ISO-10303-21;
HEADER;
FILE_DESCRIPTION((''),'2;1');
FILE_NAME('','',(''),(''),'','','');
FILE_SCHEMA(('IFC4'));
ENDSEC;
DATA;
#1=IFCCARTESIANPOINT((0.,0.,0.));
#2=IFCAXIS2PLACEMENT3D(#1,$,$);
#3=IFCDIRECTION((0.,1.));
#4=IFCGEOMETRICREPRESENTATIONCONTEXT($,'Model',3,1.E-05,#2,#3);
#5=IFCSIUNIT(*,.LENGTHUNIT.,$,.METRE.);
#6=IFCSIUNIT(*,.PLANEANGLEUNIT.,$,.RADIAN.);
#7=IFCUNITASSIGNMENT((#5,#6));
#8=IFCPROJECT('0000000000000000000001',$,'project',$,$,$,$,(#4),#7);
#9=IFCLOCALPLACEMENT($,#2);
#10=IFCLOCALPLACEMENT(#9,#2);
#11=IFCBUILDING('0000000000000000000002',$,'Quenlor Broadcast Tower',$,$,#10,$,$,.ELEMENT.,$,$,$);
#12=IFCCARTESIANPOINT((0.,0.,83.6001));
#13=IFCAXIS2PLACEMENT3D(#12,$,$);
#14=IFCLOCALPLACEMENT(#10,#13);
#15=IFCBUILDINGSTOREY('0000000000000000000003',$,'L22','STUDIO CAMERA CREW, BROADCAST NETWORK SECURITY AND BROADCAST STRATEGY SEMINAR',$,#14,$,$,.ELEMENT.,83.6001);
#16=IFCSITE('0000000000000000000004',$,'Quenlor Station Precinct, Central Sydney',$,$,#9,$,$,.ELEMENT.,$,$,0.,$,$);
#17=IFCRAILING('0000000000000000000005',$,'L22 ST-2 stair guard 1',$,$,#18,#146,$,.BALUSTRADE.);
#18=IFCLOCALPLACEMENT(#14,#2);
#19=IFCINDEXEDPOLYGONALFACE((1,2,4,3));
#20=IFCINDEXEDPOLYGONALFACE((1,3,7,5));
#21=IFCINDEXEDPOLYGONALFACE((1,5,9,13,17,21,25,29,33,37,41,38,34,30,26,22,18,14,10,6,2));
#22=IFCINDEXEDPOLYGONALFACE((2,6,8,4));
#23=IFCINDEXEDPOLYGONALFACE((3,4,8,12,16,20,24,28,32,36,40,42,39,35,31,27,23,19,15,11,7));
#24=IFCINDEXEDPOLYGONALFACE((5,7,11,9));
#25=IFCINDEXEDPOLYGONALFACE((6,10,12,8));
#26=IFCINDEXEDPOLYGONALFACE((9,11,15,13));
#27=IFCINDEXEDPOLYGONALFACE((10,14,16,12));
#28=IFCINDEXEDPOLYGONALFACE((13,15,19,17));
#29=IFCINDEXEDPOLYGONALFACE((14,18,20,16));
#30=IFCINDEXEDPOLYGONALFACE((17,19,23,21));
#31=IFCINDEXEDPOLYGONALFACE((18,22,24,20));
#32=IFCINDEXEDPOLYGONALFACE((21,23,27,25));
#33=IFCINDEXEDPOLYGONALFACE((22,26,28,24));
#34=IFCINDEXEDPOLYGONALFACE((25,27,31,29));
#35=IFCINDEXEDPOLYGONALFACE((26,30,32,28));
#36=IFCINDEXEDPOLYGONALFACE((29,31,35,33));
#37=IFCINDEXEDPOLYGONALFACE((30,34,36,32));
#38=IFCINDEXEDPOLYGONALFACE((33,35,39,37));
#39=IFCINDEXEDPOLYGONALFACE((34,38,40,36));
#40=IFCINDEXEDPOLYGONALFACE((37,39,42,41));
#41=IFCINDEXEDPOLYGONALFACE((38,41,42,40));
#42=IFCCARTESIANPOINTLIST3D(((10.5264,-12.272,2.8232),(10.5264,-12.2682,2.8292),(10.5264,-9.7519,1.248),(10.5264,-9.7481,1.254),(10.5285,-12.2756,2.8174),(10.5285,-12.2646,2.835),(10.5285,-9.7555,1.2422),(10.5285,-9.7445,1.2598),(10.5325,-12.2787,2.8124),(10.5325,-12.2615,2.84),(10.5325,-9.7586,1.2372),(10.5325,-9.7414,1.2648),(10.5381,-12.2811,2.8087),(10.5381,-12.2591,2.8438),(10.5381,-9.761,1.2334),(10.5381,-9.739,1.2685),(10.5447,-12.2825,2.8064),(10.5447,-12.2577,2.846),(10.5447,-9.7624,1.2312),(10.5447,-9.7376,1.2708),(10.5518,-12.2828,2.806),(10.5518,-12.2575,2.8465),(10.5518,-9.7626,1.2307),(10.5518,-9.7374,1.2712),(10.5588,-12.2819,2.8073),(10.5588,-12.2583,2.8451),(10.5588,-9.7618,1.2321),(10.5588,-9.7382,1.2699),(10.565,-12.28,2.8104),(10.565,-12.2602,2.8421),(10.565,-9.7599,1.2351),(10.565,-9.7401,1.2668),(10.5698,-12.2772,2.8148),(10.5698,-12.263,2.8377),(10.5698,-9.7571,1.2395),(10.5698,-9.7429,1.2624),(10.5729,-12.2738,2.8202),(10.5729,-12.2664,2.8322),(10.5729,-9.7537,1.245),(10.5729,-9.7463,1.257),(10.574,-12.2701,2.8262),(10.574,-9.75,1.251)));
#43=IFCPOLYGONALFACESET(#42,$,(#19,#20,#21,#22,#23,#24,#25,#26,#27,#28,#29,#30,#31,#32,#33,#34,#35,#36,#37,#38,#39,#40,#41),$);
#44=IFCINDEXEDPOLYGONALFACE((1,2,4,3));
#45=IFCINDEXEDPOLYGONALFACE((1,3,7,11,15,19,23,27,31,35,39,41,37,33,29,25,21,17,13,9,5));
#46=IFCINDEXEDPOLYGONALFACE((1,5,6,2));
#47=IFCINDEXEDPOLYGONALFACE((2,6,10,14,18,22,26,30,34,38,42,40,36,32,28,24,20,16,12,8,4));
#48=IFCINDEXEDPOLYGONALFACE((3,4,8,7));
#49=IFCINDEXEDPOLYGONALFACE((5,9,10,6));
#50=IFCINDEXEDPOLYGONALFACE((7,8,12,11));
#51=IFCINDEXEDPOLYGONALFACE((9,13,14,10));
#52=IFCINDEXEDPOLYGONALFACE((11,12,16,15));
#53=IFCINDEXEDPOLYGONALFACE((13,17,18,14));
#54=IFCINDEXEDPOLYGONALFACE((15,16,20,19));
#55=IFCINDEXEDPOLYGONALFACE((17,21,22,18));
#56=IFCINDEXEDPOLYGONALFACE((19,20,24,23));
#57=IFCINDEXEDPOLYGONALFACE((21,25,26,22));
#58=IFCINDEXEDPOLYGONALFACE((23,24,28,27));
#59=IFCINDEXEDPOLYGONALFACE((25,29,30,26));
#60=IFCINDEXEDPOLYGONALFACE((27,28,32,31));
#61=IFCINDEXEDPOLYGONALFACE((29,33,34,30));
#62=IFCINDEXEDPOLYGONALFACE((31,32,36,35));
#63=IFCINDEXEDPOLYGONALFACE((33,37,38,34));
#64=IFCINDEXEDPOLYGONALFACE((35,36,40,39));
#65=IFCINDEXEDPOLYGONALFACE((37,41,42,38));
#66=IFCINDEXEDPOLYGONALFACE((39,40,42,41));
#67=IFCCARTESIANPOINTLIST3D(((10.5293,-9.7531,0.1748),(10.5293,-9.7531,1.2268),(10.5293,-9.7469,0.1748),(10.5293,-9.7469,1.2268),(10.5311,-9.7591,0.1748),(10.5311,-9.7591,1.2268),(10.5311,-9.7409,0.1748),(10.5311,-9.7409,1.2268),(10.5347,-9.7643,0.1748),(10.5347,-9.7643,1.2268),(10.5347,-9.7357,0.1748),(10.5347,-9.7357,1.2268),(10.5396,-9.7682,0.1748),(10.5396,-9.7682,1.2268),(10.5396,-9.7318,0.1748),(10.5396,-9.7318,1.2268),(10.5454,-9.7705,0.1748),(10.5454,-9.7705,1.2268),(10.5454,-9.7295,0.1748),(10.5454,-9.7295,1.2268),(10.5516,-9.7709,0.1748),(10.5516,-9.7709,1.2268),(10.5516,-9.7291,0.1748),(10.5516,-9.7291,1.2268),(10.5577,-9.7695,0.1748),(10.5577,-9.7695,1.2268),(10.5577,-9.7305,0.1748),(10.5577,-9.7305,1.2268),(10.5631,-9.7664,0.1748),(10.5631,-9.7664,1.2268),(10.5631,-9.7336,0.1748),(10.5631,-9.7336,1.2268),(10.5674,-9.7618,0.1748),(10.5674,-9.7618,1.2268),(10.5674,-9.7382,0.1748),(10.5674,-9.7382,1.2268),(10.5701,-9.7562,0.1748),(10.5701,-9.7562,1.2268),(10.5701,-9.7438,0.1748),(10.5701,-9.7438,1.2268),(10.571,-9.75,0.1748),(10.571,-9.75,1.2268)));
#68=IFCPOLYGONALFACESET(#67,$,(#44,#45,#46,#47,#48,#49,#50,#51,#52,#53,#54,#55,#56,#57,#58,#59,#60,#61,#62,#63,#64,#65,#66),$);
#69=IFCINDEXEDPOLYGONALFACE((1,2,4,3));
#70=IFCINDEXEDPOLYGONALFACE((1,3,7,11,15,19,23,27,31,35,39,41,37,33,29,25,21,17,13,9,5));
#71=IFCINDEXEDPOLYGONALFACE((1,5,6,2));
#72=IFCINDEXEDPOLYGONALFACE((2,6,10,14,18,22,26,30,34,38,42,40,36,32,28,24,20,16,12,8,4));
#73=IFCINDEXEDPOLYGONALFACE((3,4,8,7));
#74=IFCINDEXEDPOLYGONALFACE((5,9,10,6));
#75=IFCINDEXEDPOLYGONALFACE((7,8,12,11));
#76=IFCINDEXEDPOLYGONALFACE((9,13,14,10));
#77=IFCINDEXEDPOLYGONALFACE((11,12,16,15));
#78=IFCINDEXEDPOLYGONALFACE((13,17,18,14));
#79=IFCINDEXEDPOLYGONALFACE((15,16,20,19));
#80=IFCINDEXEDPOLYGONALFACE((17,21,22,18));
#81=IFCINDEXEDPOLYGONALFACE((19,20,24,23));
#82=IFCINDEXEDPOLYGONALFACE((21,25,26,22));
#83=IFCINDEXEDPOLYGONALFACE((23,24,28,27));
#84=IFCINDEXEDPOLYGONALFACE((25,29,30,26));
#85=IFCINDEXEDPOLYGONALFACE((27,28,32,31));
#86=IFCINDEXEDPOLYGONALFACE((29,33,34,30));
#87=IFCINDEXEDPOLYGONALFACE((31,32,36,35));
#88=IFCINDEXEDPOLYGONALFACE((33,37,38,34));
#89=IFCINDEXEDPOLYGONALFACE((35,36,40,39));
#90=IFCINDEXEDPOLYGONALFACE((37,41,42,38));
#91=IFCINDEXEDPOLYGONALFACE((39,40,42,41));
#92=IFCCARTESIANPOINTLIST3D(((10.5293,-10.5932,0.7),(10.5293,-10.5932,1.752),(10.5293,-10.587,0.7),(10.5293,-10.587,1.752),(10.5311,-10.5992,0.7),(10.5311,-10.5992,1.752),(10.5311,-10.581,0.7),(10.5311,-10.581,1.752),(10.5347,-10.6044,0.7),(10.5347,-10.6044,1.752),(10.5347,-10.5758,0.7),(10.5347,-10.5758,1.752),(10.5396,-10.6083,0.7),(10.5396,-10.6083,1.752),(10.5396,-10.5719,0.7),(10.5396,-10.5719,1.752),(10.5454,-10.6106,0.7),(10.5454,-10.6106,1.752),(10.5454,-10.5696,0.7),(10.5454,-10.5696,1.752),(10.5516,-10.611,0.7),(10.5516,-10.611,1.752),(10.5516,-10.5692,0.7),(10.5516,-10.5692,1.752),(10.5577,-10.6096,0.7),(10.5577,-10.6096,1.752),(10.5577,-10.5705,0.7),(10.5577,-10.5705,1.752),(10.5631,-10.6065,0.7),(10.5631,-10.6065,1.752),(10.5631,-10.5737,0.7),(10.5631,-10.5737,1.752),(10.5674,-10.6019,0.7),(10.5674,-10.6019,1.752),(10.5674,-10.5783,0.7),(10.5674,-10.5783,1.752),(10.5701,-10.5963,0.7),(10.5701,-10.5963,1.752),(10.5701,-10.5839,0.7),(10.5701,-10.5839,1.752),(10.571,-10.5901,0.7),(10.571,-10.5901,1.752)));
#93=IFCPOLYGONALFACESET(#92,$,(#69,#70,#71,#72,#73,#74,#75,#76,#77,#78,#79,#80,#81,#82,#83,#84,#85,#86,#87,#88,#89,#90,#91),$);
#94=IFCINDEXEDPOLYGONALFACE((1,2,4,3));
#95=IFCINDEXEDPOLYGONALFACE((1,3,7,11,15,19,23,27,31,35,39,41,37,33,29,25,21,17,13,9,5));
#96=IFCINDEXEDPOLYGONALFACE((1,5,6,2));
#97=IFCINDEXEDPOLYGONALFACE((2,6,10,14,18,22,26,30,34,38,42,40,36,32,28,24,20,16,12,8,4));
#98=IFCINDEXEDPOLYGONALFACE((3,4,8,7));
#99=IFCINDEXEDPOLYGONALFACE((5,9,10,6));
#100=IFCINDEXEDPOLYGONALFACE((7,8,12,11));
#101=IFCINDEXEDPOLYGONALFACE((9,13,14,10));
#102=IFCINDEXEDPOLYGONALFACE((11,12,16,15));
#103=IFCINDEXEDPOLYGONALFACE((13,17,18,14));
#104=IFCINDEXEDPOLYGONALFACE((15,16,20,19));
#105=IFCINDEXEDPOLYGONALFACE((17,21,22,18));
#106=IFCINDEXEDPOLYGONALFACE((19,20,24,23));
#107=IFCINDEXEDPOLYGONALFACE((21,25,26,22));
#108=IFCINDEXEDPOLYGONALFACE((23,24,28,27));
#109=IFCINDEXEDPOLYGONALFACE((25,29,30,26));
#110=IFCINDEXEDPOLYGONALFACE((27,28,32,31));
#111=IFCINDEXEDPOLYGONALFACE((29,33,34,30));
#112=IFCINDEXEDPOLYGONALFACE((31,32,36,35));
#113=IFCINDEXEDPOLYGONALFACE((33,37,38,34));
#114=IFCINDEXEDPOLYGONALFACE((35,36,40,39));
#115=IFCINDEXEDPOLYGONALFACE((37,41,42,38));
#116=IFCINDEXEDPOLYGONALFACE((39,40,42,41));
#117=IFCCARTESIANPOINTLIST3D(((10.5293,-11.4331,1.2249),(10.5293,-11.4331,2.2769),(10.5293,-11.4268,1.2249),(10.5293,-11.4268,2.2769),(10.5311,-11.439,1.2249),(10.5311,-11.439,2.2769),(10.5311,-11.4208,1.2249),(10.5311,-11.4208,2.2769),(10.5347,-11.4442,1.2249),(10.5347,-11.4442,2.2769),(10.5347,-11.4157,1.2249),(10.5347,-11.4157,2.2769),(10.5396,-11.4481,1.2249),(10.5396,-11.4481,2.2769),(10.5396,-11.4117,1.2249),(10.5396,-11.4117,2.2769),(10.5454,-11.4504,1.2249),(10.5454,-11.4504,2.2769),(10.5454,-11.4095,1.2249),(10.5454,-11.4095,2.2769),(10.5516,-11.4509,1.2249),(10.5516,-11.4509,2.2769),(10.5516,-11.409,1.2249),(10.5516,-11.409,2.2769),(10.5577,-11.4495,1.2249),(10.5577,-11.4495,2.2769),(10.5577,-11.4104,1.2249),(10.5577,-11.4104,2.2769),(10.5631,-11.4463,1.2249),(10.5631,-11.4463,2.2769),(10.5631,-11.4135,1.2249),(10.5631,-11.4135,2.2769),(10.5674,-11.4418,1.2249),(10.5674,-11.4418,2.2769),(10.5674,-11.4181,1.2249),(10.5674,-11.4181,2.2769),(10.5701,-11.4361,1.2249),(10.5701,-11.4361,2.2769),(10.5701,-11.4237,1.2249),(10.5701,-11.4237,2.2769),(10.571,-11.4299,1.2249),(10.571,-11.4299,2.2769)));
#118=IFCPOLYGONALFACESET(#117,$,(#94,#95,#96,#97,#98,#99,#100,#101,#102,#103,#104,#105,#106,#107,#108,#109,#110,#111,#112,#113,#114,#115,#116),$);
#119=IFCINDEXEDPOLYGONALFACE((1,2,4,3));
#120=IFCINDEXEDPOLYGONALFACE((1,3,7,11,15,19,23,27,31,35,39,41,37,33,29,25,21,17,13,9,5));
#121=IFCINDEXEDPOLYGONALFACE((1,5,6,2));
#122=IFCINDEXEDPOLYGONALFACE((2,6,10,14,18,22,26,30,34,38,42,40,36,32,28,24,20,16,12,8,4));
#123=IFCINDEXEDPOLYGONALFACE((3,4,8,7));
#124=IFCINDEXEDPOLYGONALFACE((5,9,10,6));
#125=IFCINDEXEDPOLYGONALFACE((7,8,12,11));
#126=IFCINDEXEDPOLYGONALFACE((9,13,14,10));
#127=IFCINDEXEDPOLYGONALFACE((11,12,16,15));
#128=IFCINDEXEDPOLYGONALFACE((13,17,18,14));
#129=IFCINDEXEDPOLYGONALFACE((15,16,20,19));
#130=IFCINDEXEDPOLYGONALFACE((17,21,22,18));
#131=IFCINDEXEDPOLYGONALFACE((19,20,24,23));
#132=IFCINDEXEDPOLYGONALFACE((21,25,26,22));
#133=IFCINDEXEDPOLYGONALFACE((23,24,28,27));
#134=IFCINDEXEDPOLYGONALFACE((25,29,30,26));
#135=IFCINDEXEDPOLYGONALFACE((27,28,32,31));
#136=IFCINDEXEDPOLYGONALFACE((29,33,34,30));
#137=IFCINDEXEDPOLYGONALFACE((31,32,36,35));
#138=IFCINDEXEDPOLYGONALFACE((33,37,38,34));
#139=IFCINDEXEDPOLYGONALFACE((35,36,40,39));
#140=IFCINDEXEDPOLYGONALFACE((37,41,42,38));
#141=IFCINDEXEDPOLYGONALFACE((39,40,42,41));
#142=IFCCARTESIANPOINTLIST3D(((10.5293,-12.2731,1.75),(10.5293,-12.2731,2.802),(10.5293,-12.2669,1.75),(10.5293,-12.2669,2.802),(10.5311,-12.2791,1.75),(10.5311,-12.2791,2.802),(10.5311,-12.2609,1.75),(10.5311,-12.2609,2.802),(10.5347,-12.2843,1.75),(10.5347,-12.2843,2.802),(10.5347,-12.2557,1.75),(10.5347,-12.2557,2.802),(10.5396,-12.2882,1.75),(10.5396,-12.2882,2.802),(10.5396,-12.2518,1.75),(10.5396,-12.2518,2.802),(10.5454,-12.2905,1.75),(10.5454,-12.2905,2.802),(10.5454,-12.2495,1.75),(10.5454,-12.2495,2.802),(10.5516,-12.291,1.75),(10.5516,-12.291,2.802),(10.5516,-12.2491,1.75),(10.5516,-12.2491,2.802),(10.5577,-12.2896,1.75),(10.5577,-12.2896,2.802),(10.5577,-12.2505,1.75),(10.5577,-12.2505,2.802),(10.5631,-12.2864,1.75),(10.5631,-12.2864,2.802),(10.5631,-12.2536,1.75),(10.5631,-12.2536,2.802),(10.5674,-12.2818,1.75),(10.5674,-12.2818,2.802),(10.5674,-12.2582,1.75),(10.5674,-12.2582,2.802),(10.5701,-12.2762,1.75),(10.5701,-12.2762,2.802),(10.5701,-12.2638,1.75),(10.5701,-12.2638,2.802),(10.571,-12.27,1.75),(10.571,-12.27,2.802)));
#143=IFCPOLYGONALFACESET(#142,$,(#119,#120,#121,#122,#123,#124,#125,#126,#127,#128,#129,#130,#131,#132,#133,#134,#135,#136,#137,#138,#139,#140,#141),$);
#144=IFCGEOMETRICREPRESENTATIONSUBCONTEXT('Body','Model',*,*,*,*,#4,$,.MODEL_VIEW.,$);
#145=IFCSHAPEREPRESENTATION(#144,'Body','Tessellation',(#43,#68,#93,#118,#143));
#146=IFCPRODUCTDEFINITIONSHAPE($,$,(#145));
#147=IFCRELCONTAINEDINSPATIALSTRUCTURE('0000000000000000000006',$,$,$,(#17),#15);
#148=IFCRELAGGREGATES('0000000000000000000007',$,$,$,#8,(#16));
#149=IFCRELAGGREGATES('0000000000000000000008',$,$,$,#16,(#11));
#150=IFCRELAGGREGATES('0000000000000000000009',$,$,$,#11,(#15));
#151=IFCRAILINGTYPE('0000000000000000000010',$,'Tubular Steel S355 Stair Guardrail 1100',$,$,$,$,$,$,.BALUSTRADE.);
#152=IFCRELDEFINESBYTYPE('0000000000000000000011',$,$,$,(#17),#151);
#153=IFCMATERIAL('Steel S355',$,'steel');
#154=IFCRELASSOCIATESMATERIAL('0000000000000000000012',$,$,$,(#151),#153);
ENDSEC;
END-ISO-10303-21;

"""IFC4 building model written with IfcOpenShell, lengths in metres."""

from ifc_helpers import new_model, si_unit, direction, frame, origin, origin_2d, place, context, subcontext, project, spatial, circle, extrude, material, type_object, element, save


model = new_model("IFC4")

# Units and contexts
model_context = context("Model", 3, precision=1e-05, world=origin(), true_north=direction((0.0, 1.0)))
body_context = subcontext(model_context, "Body", "Model", "MODEL_VIEW")
ifc_project = project(units=[si_unit("LENGTHUNIT", "METRE"), si_unit("PLANEANGLEUNIT", "RADIAN")], contexts=[model_context])

# Site, building, storey
site_placement = place(None, origin())
site = spatial("IfcSite", under=ifc_project, at=site_placement, Name="Quenlor Station Precinct, Central Sydney", CompositionType="ELEMENT", RefElevation=0.0)
building_placement = place(site_placement, origin())
building = spatial("IfcBuilding", under=site, at=building_placement, Name="Quenlor Broadcast Tower", CompositionType="ELEMENT")
storey_placement = place(building_placement, frame((0.0, 0.0, 83.6001)))
storey = spatial("IfcBuildingStorey", under=building, at=storey_placement, Name="L22", Description="STUDIO CAMERA CREW, BROADCAST NETWORK SECURITY AND BROADCAST STRATEGY SEMINAR", CompositionType="ELEMENT", Elevation=83.6001)

# Railing
ifc_material_1 = material(Name="Steel S355", Category="steel")
railing_type_1 = type_object("IfcRailingType", Name="Tubular Steel S355 Stair Guardrail 1100", PredefinedType="BALUSTRADE", material=ifc_material_1)
railing_1_placement = place(storey_placement, frame((10.55, -9.75, 0.1748)))
element("IfcRailing", 1, at=railing_1_placement, inside=storey, type_object=railing_type_1, Name="L22 ST-2 stair guard 1", PredefinedType="BALUSTRADE", context=body_context, shape_type="SweptSolid", body=[
    extrude(circle(Radius=0.0239, at=origin_2d()), frame((0.0, 0.0, 1.0762), z_axis=(0.0, -0.847971, 0.530043), x_axis=(1.0, 0.0, 0.0)), (0.0, 0.0, 1.0), 2.9719),
    extrude(circle(Radius=0.021, at=origin_2d()), origin(), (0.0, 0.0, 1.0), 1.052),
    extrude(circle(Radius=0.021, at=origin_2d()), frame((0.0, -0.8401, 0.5251)), (0.0, 0.0, 1.0), 1.052),
    extrude(circle(Radius=0.021, at=origin_2d()), frame((0.0, -1.6799, 1.05)), (0.0, 0.0, 1.0), 1.052),
    extrude(circle(Radius=0.021, at=origin_2d()), frame((0.0, -2.52, 1.5752)), (0.0, 0.0, 1.0), 1.052),
])

save(model, "model.ifc")
